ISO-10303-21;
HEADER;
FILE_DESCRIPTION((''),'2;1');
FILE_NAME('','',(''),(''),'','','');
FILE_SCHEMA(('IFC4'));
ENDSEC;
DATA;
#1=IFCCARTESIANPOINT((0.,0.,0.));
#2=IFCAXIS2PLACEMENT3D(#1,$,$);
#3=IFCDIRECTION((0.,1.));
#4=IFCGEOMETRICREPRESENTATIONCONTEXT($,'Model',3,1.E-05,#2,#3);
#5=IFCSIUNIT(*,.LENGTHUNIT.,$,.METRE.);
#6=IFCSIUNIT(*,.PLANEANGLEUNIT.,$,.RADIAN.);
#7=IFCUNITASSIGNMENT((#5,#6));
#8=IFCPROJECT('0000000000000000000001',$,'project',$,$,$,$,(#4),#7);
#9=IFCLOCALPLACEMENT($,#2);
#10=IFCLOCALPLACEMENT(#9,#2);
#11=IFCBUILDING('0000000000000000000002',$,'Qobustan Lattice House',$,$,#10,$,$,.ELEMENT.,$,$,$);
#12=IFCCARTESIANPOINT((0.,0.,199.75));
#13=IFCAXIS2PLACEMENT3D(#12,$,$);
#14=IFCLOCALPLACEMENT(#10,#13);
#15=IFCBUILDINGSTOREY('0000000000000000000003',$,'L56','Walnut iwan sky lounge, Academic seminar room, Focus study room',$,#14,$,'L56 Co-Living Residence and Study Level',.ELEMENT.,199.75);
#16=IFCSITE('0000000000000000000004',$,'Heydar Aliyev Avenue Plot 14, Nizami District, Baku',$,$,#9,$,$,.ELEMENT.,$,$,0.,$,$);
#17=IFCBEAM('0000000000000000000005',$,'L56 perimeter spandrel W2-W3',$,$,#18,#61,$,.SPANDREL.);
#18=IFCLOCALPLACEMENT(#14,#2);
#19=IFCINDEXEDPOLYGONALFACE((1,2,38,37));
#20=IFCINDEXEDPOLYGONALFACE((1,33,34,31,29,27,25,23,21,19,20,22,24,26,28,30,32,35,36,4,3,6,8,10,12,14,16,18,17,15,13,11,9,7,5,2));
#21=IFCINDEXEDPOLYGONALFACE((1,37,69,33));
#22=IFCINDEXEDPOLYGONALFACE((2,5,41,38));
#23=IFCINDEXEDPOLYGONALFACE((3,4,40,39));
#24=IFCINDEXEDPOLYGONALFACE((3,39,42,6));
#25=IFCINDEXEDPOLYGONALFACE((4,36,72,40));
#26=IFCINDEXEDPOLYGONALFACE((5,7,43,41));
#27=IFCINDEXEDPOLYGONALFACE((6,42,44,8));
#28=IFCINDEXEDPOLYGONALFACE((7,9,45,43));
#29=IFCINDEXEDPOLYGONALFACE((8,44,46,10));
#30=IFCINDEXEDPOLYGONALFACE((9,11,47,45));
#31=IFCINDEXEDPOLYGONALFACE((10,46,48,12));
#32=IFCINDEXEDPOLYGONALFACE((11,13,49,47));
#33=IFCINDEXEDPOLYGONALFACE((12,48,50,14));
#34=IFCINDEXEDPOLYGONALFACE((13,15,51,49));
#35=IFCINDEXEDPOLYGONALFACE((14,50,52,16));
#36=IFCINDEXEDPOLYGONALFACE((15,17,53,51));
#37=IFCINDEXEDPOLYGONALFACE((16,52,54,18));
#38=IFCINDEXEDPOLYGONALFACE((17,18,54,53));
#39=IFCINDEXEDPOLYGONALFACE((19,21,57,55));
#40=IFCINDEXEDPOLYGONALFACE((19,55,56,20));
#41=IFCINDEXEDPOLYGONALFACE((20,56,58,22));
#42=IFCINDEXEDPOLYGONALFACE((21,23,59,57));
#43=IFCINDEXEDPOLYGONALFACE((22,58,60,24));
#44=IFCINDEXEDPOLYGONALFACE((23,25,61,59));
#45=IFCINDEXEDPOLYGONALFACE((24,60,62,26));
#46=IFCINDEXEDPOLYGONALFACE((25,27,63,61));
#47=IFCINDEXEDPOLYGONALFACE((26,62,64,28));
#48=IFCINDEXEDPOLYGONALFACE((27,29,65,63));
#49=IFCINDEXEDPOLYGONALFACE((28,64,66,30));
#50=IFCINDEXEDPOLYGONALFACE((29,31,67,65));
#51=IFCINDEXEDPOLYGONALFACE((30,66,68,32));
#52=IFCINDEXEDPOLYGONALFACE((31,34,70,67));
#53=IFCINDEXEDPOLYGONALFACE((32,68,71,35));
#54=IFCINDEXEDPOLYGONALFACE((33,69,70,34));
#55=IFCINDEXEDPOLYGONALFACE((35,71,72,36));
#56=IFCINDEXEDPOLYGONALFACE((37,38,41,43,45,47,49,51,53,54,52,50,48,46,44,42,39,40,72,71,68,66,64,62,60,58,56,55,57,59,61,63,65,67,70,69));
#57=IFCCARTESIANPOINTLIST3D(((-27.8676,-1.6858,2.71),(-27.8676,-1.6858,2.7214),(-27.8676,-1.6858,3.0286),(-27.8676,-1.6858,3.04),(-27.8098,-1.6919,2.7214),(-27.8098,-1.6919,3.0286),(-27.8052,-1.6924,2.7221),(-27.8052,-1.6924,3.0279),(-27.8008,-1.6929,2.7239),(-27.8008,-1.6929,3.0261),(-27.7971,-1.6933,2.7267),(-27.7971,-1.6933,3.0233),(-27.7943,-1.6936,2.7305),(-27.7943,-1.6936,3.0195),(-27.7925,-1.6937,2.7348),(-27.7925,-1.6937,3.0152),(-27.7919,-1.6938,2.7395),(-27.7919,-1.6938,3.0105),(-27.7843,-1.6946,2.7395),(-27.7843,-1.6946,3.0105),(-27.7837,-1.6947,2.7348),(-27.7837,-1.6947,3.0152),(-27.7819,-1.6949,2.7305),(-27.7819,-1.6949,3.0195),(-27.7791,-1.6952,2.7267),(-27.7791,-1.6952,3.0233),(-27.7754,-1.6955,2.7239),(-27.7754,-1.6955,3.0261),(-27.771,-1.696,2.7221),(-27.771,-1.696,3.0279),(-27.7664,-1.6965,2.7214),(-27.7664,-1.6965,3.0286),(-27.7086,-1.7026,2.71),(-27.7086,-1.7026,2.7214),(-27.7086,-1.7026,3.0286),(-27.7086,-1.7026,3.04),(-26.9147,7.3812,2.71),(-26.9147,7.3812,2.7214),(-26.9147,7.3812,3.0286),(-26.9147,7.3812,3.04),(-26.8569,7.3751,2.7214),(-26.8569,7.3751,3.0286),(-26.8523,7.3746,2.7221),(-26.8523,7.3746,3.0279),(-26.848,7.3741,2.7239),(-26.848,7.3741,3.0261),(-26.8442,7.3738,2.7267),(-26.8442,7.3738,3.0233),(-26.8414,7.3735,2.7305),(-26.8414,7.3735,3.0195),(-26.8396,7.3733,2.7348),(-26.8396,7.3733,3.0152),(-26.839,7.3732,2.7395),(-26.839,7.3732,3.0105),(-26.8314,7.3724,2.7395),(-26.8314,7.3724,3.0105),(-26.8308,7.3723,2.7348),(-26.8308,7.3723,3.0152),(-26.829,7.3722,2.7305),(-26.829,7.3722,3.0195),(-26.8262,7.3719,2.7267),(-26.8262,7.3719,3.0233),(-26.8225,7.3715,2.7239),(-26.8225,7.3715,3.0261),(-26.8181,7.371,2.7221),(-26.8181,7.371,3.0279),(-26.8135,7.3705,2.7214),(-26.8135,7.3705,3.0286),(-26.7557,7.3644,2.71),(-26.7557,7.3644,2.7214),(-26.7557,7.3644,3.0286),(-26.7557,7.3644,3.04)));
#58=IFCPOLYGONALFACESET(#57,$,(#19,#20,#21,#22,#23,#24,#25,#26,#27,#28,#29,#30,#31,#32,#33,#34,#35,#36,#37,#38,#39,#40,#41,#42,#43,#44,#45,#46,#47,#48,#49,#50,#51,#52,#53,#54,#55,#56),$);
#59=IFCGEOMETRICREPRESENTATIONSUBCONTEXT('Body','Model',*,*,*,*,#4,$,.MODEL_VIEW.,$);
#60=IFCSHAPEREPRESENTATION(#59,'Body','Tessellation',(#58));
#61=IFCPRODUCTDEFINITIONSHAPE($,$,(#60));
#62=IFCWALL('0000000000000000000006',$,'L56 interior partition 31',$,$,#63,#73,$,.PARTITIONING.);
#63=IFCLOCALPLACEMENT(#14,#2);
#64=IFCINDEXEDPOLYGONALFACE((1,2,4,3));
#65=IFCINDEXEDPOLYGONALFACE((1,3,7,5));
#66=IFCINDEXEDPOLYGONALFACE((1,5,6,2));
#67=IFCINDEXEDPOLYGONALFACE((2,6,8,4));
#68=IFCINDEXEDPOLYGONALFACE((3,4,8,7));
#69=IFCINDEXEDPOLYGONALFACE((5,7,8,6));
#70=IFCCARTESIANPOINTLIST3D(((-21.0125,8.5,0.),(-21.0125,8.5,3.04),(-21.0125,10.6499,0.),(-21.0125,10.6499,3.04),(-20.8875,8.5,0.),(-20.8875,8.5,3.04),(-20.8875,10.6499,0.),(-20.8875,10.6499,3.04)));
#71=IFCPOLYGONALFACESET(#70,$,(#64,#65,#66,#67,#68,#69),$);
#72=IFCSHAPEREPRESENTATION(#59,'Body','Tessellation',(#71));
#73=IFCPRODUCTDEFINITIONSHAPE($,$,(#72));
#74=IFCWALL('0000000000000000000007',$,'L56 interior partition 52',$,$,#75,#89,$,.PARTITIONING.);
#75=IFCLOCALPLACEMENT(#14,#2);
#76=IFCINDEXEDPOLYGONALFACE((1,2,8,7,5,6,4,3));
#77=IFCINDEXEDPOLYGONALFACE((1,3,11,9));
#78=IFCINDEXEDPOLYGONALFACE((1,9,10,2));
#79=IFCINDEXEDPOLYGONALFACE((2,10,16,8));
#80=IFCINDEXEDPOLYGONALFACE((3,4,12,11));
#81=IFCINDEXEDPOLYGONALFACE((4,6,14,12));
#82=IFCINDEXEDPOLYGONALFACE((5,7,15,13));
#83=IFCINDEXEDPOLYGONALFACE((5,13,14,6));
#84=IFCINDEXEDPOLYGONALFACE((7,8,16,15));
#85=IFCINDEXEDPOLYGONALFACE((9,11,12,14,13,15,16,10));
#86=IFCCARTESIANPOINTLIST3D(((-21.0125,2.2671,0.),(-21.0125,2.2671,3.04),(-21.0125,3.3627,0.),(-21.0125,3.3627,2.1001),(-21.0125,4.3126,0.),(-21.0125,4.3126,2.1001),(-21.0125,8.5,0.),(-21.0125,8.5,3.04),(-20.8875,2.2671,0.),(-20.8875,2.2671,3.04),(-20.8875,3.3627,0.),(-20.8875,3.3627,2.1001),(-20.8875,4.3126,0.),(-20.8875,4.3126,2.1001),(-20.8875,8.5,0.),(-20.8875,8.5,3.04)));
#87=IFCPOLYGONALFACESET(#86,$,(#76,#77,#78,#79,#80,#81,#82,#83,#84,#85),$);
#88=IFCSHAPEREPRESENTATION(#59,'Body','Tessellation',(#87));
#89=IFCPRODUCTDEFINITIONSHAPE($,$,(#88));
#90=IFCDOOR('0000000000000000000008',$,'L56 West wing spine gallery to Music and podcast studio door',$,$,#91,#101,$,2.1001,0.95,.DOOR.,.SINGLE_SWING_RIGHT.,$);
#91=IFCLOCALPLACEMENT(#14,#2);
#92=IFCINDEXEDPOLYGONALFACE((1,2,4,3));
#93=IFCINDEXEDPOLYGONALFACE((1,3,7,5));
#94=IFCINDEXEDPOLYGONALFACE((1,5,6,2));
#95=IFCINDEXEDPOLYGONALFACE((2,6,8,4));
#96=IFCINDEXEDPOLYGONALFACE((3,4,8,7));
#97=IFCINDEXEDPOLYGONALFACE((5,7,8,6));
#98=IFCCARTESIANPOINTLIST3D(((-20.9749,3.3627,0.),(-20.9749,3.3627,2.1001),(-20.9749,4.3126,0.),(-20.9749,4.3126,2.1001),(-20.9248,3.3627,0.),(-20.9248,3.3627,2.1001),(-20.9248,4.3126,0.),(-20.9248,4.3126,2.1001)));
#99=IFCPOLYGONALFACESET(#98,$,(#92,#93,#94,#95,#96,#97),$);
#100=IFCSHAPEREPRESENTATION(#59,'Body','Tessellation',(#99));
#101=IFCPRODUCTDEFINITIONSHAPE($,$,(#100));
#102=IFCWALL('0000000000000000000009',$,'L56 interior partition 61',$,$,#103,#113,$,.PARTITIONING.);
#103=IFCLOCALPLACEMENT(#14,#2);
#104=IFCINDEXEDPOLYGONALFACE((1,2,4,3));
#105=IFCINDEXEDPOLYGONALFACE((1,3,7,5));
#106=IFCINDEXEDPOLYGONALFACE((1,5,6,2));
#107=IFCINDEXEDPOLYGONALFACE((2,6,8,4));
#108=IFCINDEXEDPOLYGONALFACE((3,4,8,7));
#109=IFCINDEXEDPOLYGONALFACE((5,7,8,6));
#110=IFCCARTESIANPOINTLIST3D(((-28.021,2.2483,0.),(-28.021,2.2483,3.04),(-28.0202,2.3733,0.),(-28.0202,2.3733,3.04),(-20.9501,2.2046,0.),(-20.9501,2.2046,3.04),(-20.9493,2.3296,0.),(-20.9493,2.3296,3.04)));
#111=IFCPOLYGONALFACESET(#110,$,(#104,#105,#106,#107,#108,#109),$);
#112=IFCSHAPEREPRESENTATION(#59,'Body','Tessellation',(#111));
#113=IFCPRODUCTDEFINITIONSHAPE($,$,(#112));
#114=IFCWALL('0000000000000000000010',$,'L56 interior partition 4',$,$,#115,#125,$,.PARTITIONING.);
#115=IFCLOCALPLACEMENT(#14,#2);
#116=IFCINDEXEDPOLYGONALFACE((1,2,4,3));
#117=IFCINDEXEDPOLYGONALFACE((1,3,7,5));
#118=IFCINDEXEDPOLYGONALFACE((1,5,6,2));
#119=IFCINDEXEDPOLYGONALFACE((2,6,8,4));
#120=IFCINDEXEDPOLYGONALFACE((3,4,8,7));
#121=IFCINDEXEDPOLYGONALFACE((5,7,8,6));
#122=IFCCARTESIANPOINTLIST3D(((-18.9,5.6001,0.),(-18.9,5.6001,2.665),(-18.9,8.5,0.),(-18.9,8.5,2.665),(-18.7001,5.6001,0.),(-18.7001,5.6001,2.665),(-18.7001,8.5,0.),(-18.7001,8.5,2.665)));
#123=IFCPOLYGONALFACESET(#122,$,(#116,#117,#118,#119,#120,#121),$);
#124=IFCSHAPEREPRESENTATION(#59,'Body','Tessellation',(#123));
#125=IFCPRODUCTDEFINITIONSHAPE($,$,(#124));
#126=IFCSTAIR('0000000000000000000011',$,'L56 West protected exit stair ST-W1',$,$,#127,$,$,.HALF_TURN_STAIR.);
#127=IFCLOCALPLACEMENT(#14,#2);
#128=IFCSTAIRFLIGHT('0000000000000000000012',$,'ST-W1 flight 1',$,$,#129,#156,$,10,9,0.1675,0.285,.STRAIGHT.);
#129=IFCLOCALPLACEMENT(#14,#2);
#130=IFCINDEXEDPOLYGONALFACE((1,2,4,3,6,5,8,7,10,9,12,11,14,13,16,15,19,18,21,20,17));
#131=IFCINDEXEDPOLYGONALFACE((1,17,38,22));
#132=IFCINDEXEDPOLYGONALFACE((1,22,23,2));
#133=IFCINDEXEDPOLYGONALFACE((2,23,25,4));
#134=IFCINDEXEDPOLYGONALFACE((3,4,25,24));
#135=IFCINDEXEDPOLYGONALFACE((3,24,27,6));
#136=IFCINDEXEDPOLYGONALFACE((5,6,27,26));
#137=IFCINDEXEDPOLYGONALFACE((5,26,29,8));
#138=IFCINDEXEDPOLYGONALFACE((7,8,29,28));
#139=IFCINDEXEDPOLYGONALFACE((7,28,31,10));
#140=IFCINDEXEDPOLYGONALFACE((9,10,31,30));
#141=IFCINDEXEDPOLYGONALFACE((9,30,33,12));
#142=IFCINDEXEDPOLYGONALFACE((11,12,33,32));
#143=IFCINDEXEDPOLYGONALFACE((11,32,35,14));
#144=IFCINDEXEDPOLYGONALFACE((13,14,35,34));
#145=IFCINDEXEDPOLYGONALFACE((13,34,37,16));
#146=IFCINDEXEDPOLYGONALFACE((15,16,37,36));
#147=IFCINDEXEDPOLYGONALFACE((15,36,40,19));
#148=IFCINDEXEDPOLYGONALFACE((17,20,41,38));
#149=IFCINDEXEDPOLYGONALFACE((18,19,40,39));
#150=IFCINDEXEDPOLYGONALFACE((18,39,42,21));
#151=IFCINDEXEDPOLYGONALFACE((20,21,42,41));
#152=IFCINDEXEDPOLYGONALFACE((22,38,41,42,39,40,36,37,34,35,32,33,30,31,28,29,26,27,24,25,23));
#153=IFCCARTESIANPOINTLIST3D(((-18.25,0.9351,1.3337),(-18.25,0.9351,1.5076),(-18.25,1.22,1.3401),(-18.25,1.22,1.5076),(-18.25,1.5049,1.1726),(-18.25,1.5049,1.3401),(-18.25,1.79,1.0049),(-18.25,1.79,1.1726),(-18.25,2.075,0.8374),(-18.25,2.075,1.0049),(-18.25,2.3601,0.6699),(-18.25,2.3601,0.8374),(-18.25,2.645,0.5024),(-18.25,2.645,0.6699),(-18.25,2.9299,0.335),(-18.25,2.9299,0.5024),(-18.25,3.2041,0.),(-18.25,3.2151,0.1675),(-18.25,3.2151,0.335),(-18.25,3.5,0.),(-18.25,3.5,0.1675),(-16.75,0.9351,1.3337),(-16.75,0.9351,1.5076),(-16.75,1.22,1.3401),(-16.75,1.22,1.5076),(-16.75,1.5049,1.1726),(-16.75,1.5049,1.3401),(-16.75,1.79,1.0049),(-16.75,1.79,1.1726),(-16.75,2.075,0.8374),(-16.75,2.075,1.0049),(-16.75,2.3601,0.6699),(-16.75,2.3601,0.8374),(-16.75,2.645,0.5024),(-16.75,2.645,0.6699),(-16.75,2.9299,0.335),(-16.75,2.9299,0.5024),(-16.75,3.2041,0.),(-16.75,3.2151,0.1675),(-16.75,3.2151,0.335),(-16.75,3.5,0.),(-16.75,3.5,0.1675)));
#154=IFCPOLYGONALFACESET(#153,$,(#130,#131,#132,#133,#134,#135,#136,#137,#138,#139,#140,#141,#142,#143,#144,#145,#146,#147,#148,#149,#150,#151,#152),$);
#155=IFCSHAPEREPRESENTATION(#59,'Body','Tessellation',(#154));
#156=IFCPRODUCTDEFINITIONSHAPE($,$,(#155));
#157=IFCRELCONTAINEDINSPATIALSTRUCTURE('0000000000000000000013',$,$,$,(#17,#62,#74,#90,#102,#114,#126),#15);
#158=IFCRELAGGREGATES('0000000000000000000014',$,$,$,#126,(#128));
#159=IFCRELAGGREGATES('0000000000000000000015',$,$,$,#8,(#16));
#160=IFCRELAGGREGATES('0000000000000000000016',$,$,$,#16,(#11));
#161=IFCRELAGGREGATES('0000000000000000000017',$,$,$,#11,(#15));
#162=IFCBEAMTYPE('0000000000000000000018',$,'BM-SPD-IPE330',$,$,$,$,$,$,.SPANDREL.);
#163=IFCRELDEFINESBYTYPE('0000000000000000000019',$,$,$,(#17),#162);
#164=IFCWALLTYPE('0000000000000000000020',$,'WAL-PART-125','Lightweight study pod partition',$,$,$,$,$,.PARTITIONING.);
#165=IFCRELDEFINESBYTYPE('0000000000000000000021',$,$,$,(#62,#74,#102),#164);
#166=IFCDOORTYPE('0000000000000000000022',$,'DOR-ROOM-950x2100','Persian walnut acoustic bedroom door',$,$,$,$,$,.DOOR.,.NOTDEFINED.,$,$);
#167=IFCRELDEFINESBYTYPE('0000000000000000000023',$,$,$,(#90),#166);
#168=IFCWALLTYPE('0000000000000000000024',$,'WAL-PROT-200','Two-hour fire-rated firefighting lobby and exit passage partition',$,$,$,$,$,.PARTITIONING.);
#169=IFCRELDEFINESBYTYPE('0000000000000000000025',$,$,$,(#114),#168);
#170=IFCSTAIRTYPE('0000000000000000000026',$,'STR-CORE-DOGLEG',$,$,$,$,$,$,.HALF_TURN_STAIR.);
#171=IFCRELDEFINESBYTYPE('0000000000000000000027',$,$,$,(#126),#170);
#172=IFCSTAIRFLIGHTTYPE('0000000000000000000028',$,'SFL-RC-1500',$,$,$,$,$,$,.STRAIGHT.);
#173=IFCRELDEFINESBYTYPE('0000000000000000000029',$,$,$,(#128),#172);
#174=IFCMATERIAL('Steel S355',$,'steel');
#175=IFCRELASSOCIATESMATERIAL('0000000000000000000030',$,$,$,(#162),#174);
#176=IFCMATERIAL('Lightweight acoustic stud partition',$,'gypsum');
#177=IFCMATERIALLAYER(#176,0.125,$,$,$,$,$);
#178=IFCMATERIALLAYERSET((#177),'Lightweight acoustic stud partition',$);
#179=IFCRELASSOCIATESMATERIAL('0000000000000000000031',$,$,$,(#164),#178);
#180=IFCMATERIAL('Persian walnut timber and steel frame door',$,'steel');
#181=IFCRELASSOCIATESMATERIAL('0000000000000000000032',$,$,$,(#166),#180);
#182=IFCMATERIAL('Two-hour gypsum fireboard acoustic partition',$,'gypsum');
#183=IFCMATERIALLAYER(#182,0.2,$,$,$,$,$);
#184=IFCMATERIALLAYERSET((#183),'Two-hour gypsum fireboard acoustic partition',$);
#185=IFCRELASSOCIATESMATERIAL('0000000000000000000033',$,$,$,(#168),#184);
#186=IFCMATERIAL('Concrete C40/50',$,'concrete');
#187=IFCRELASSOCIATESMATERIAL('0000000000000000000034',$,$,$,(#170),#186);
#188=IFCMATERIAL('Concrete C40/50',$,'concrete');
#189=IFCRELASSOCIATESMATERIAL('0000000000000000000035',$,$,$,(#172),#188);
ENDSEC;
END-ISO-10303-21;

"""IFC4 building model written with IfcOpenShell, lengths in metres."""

from ifc_helpers import new_model, si_unit, direction, frame, frame_2d, origin, origin_2d, place, context, subcontext, project, spatial, polyline, rectangle, i_section, outline, extrude, material, layer, layer_set, material_profile, profile_set, type_object, element, fill, aggregate, save


model = new_model("IFC4")

# Units and contexts
model_context = context("Model", 3, precision=1e-05, world=origin(), true_north=direction((0.0, 1.0)))
body_context = subcontext(model_context, "Body", "Model", "MODEL_VIEW")
ifc_project = project(units=[si_unit("LENGTHUNIT", "METRE"), si_unit("PLANEANGLEUNIT", "RADIAN")], contexts=[model_context])

# Site, building, storey
site_placement = place(None, origin())
site = spatial("IfcSite", under=ifc_project, at=site_placement, Name="Heydar Aliyev Avenue Plot 14, Nizami District, Baku", CompositionType="ELEMENT", RefElevation=0.0)
building_placement = place(site_placement, origin())
building = spatial("IfcBuilding", under=site, at=building_placement, Name="Qobustan Lattice House", CompositionType="ELEMENT")
storey_placement = place(building_placement, frame((0.0, 0.0, 199.75)))
storey = spatial("IfcBuildingStorey", under=building, at=storey_placement, Name="L56", Description="Walnut iwan sky lounge, Academic seminar room, Focus study room", LongName="L56 Co-Living Residence and Study Level", CompositionType="ELEMENT", Elevation=199.75)

# Beam
ifc_material_1 = material(Name="Steel S355", Category="steel")
ifc_material_profile_1 = material_profile(ifc_material_1, i_section(OverallWidth=0.1599, OverallDepth=0.3301, WebThickness=0.0076, FlangeThickness=0.0115, FilletRadius=0.0181, at=origin_2d()), Name="IPE330")
ifc_profile_set_1 = profile_set([ifc_material_profile_1], Name="Steel S355")
beam_type_1 = type_object("IfcBeamType", Name="BM-SPD-IPE330", PredefinedType="SPANDREL", material=ifc_profile_set_1)
beam_1_placement = place(storey_placement, frame((-26.8352, 7.3728, 2.875), z_axis=(-0.104519, -0.994523, 0.0), x_axis=(0.994523, -0.104519, 0.0)))
element("IfcBeam", 1, at=beam_1_placement, inside=storey, type_object=beam_type_1, Name="L56 perimeter spandrel W2-W3", PredefinedType="SPANDREL", context=body_context, shape_type="SweptSolid", body=[
    extrude(i_section(OverallWidth=0.1599, OverallDepth=0.3301, WebThickness=0.0076, FlangeThickness=0.0115, FilletRadius=0.0181, at=origin_2d()), origin(), (0.0, 0.0, 1.0), 9.1169),
])

# Wall
ifc_material_2 = material(Name="Lightweight acoustic stud partition", Category="gypsum")
ifc_layer_1 = layer(ifc_material_2, 0.125)
ifc_layer_set_1 = layer_set([ifc_layer_1], Name="Lightweight acoustic stud partition")
wall_type_1 = type_object("IfcWallType", Name="WAL-PART-125", Description="Lightweight study pod partition", PredefinedType="PARTITIONING", material=ifc_layer_set_1)
wall_1_placement = place(storey_placement, frame((-20.95, 8.5, 0.0), z_axis=(0.0, 0.0, 1.0), x_axis=(0.0, 1.0, 0.0)))
element("IfcWall", 2, at=wall_1_placement, inside=storey, type_object=wall_type_1, Name="L56 interior partition 31", PredefinedType="PARTITIONING", context=body_context, shape_type="SweptSolid", body=[
    extrude(rectangle(XDim=2.1499, YDim=0.125, at=frame_2d((1.075, 0.0))), origin(), (0.0, 0.0, 1.0), 3.04),
])

# Wall, opening, door
wall_2_placement = place(storey_placement, frame((-20.95, 2.2671, 0.0), z_axis=(0.0, 0.0, 1.0), x_axis=(0.0, 1.0, 0.0)))
wall_2 = element("IfcWall", 3, at=wall_2_placement, inside=storey, type_object=wall_type_1, Name="L56 interior partition 52", PredefinedType="PARTITIONING", context=body_context, shape_type="SweptSolid", body=[
    extrude(rectangle(XDim=6.2329, YDim=0.125, at=frame_2d((3.1165, 0.0))), origin(), (0.0, 0.0, 1.0), 3.04),
])
opening_1_placement = place(wall_2_placement, frame((1.0955, 0.0, 0.0)))
opening_1 = element("IfcOpeningElement", 4, at=opening_1_placement, cuts=wall_2, PredefinedType="OPENING", context=body_context, shape_type="SweptSolid", body=[
    extrude(rectangle(XDim=0.95, YDim=2.1001, at=frame_2d((0.4751, 1.05))), frame((0.0, 0.0725, 0.0), z_axis=(0.0, -1.0, 0.0), x_axis=(1.0, 0.0, 0.0)), (0.0, 0.0, 1.0), 0.145),
])
ifc_material_3 = material(Name="Persian walnut timber and steel frame door", Category="steel")
door_type_1 = type_object("IfcDoorType", Name="DOR-ROOM-950x2100", Description="Persian walnut acoustic bedroom door", OperationType="NOTDEFINED", PredefinedType="DOOR", material=ifc_material_3)
door_1_placement = place(opening_1_placement, origin())
door_1 = element("IfcDoor", 5, at=door_1_placement, inside=storey, type_object=door_type_1, Name="L56 West wing spine gallery to Music and podcast studio door", OperationType="SINGLE_SWING_RIGHT", OverallHeight=2.1001, OverallWidth=0.95, PredefinedType="DOOR", context=body_context, shape_type="SweptSolid", body=[
    extrude(rectangle(XDim=0.95, YDim=2.1001, at=frame_2d((0.4751, 1.05))), frame((0.0, 0.0249, 0.0), z_axis=(0.0, -1.0, 0.0), x_axis=(1.0, 0.0, 0.0)), (0.0, 0.0, 1.0), 0.05),
])
fill(opening_1, door_1)

# Wall
wall_3_placement = place(storey_placement, frame((-28.0208, 2.3108, 0.0), z_axis=(0.0, 0.0, 1.0), x_axis=(0.999981, -0.00618, 0.0)))
element("IfcWall", 6, at=wall_3_placement, inside=storey, type_object=wall_type_1, Name="L56 interior partition 61", PredefinedType="PARTITIONING", context=body_context, shape_type="SweptSolid", body=[
    extrude(rectangle(XDim=7.071, YDim=0.125, at=frame_2d((3.5356, 0.0))), origin(), (0.0, 0.0, 1.0), 3.04),
])

# Wall
ifc_material_4 = material(Name="Two-hour gypsum fireboard acoustic partition", Category="gypsum")
ifc_layer_2 = layer(ifc_material_4, 0.2)
ifc_layer_set_2 = layer_set([ifc_layer_2], Name="Two-hour gypsum fireboard acoustic partition")
wall_type_2 = type_object("IfcWallType", Name="WAL-PROT-200", Description="Two-hour fire-rated firefighting lobby and exit passage partition", PredefinedType="PARTITIONING", material=ifc_layer_set_2)
wall_4_placement = place(storey_placement, frame((-18.8, 8.5, 0.0), z_axis=(0.0, 0.0, 1.0), x_axis=(0.0, -1.0, 0.0)))
element("IfcWall", 7, at=wall_4_placement, inside=storey, type_object=wall_type_2, Name="L56 interior partition 4", PredefinedType="PARTITIONING", context=body_context, shape_type="SweptSolid", body=[
    extrude(rectangle(XDim=2.8999, YDim=0.2, at=frame_2d((1.45, 0.0))), origin(), (0.0, 0.0, 1.0), 2.665),
])

# Stair, stair flight
ifc_material_5 = material(Name="Concrete C40/50", Category="concrete")
stair_type = type_object("IfcStairType", Name="STR-CORE-DOGLEG", PredefinedType="HALF_TURN_STAIR", material=ifc_material_5)
stair_placement = place(storey_placement, origin())
stair = element("IfcStair", 8, at=stair_placement, inside=storey, type_object=stair_type, Name="L56 West protected exit stair ST-W1", PredefinedType="HALF_TURN_STAIR")
ifc_material_6 = material(Name="Concrete C40/50", Category="concrete")
stair_flight_type = type_object("IfcStairFlightType", Name="SFL-RC-1500", PredefinedType="STRAIGHT", material=ifc_material_6)
stair_flight_placement = place(storey_placement, frame((-17.5, 3.5, 0.0), z_axis=(0.0, 0.0, 1.0), x_axis=(0.0, -1.0, 0.0)))
stair_flight = element("IfcStairFlight", 9, at=stair_flight_placement, type_object=stair_flight_type, Name="ST-W1 flight 1", NumberOfRisers=10, NumberOfTreads=9, PredefinedType="STRAIGHT", RiserHeight=0.1675, TreadLength=0.285, context=body_context, shape_type="SweptSolid", body=[
    extrude(outline(polyline([(0.0, 0.0), (0.0, 0.1675), (0.2849, 0.1675), (0.2849, 0.335), (0.5701, 0.335), (0.5701, 0.5024), (0.855, 0.5024), (0.855, 0.6699), (1.1399, 0.6699), (1.1399, 0.8374), (1.425, 0.8374), (1.425, 1.0049), (1.71, 1.0049), (1.71, 1.1726), (1.9951, 1.1726), (1.9951, 1.3401), (2.28, 1.3401), (2.28, 1.5076), (2.5649, 1.5076), (2.5649, 1.675), (2.5649, 1.3337), (0.2959, 0.0), (0.0, 0.0)])), frame((0.0, 0.75, 0.0), z_axis=(0.0, -1.0, 0.0), x_axis=(1.0, 0.0, 0.0)), (0.0, 0.0, 1.0), 1.5),
])
aggregate(stair, [stair_flight])

save(model, "model.ifc")
